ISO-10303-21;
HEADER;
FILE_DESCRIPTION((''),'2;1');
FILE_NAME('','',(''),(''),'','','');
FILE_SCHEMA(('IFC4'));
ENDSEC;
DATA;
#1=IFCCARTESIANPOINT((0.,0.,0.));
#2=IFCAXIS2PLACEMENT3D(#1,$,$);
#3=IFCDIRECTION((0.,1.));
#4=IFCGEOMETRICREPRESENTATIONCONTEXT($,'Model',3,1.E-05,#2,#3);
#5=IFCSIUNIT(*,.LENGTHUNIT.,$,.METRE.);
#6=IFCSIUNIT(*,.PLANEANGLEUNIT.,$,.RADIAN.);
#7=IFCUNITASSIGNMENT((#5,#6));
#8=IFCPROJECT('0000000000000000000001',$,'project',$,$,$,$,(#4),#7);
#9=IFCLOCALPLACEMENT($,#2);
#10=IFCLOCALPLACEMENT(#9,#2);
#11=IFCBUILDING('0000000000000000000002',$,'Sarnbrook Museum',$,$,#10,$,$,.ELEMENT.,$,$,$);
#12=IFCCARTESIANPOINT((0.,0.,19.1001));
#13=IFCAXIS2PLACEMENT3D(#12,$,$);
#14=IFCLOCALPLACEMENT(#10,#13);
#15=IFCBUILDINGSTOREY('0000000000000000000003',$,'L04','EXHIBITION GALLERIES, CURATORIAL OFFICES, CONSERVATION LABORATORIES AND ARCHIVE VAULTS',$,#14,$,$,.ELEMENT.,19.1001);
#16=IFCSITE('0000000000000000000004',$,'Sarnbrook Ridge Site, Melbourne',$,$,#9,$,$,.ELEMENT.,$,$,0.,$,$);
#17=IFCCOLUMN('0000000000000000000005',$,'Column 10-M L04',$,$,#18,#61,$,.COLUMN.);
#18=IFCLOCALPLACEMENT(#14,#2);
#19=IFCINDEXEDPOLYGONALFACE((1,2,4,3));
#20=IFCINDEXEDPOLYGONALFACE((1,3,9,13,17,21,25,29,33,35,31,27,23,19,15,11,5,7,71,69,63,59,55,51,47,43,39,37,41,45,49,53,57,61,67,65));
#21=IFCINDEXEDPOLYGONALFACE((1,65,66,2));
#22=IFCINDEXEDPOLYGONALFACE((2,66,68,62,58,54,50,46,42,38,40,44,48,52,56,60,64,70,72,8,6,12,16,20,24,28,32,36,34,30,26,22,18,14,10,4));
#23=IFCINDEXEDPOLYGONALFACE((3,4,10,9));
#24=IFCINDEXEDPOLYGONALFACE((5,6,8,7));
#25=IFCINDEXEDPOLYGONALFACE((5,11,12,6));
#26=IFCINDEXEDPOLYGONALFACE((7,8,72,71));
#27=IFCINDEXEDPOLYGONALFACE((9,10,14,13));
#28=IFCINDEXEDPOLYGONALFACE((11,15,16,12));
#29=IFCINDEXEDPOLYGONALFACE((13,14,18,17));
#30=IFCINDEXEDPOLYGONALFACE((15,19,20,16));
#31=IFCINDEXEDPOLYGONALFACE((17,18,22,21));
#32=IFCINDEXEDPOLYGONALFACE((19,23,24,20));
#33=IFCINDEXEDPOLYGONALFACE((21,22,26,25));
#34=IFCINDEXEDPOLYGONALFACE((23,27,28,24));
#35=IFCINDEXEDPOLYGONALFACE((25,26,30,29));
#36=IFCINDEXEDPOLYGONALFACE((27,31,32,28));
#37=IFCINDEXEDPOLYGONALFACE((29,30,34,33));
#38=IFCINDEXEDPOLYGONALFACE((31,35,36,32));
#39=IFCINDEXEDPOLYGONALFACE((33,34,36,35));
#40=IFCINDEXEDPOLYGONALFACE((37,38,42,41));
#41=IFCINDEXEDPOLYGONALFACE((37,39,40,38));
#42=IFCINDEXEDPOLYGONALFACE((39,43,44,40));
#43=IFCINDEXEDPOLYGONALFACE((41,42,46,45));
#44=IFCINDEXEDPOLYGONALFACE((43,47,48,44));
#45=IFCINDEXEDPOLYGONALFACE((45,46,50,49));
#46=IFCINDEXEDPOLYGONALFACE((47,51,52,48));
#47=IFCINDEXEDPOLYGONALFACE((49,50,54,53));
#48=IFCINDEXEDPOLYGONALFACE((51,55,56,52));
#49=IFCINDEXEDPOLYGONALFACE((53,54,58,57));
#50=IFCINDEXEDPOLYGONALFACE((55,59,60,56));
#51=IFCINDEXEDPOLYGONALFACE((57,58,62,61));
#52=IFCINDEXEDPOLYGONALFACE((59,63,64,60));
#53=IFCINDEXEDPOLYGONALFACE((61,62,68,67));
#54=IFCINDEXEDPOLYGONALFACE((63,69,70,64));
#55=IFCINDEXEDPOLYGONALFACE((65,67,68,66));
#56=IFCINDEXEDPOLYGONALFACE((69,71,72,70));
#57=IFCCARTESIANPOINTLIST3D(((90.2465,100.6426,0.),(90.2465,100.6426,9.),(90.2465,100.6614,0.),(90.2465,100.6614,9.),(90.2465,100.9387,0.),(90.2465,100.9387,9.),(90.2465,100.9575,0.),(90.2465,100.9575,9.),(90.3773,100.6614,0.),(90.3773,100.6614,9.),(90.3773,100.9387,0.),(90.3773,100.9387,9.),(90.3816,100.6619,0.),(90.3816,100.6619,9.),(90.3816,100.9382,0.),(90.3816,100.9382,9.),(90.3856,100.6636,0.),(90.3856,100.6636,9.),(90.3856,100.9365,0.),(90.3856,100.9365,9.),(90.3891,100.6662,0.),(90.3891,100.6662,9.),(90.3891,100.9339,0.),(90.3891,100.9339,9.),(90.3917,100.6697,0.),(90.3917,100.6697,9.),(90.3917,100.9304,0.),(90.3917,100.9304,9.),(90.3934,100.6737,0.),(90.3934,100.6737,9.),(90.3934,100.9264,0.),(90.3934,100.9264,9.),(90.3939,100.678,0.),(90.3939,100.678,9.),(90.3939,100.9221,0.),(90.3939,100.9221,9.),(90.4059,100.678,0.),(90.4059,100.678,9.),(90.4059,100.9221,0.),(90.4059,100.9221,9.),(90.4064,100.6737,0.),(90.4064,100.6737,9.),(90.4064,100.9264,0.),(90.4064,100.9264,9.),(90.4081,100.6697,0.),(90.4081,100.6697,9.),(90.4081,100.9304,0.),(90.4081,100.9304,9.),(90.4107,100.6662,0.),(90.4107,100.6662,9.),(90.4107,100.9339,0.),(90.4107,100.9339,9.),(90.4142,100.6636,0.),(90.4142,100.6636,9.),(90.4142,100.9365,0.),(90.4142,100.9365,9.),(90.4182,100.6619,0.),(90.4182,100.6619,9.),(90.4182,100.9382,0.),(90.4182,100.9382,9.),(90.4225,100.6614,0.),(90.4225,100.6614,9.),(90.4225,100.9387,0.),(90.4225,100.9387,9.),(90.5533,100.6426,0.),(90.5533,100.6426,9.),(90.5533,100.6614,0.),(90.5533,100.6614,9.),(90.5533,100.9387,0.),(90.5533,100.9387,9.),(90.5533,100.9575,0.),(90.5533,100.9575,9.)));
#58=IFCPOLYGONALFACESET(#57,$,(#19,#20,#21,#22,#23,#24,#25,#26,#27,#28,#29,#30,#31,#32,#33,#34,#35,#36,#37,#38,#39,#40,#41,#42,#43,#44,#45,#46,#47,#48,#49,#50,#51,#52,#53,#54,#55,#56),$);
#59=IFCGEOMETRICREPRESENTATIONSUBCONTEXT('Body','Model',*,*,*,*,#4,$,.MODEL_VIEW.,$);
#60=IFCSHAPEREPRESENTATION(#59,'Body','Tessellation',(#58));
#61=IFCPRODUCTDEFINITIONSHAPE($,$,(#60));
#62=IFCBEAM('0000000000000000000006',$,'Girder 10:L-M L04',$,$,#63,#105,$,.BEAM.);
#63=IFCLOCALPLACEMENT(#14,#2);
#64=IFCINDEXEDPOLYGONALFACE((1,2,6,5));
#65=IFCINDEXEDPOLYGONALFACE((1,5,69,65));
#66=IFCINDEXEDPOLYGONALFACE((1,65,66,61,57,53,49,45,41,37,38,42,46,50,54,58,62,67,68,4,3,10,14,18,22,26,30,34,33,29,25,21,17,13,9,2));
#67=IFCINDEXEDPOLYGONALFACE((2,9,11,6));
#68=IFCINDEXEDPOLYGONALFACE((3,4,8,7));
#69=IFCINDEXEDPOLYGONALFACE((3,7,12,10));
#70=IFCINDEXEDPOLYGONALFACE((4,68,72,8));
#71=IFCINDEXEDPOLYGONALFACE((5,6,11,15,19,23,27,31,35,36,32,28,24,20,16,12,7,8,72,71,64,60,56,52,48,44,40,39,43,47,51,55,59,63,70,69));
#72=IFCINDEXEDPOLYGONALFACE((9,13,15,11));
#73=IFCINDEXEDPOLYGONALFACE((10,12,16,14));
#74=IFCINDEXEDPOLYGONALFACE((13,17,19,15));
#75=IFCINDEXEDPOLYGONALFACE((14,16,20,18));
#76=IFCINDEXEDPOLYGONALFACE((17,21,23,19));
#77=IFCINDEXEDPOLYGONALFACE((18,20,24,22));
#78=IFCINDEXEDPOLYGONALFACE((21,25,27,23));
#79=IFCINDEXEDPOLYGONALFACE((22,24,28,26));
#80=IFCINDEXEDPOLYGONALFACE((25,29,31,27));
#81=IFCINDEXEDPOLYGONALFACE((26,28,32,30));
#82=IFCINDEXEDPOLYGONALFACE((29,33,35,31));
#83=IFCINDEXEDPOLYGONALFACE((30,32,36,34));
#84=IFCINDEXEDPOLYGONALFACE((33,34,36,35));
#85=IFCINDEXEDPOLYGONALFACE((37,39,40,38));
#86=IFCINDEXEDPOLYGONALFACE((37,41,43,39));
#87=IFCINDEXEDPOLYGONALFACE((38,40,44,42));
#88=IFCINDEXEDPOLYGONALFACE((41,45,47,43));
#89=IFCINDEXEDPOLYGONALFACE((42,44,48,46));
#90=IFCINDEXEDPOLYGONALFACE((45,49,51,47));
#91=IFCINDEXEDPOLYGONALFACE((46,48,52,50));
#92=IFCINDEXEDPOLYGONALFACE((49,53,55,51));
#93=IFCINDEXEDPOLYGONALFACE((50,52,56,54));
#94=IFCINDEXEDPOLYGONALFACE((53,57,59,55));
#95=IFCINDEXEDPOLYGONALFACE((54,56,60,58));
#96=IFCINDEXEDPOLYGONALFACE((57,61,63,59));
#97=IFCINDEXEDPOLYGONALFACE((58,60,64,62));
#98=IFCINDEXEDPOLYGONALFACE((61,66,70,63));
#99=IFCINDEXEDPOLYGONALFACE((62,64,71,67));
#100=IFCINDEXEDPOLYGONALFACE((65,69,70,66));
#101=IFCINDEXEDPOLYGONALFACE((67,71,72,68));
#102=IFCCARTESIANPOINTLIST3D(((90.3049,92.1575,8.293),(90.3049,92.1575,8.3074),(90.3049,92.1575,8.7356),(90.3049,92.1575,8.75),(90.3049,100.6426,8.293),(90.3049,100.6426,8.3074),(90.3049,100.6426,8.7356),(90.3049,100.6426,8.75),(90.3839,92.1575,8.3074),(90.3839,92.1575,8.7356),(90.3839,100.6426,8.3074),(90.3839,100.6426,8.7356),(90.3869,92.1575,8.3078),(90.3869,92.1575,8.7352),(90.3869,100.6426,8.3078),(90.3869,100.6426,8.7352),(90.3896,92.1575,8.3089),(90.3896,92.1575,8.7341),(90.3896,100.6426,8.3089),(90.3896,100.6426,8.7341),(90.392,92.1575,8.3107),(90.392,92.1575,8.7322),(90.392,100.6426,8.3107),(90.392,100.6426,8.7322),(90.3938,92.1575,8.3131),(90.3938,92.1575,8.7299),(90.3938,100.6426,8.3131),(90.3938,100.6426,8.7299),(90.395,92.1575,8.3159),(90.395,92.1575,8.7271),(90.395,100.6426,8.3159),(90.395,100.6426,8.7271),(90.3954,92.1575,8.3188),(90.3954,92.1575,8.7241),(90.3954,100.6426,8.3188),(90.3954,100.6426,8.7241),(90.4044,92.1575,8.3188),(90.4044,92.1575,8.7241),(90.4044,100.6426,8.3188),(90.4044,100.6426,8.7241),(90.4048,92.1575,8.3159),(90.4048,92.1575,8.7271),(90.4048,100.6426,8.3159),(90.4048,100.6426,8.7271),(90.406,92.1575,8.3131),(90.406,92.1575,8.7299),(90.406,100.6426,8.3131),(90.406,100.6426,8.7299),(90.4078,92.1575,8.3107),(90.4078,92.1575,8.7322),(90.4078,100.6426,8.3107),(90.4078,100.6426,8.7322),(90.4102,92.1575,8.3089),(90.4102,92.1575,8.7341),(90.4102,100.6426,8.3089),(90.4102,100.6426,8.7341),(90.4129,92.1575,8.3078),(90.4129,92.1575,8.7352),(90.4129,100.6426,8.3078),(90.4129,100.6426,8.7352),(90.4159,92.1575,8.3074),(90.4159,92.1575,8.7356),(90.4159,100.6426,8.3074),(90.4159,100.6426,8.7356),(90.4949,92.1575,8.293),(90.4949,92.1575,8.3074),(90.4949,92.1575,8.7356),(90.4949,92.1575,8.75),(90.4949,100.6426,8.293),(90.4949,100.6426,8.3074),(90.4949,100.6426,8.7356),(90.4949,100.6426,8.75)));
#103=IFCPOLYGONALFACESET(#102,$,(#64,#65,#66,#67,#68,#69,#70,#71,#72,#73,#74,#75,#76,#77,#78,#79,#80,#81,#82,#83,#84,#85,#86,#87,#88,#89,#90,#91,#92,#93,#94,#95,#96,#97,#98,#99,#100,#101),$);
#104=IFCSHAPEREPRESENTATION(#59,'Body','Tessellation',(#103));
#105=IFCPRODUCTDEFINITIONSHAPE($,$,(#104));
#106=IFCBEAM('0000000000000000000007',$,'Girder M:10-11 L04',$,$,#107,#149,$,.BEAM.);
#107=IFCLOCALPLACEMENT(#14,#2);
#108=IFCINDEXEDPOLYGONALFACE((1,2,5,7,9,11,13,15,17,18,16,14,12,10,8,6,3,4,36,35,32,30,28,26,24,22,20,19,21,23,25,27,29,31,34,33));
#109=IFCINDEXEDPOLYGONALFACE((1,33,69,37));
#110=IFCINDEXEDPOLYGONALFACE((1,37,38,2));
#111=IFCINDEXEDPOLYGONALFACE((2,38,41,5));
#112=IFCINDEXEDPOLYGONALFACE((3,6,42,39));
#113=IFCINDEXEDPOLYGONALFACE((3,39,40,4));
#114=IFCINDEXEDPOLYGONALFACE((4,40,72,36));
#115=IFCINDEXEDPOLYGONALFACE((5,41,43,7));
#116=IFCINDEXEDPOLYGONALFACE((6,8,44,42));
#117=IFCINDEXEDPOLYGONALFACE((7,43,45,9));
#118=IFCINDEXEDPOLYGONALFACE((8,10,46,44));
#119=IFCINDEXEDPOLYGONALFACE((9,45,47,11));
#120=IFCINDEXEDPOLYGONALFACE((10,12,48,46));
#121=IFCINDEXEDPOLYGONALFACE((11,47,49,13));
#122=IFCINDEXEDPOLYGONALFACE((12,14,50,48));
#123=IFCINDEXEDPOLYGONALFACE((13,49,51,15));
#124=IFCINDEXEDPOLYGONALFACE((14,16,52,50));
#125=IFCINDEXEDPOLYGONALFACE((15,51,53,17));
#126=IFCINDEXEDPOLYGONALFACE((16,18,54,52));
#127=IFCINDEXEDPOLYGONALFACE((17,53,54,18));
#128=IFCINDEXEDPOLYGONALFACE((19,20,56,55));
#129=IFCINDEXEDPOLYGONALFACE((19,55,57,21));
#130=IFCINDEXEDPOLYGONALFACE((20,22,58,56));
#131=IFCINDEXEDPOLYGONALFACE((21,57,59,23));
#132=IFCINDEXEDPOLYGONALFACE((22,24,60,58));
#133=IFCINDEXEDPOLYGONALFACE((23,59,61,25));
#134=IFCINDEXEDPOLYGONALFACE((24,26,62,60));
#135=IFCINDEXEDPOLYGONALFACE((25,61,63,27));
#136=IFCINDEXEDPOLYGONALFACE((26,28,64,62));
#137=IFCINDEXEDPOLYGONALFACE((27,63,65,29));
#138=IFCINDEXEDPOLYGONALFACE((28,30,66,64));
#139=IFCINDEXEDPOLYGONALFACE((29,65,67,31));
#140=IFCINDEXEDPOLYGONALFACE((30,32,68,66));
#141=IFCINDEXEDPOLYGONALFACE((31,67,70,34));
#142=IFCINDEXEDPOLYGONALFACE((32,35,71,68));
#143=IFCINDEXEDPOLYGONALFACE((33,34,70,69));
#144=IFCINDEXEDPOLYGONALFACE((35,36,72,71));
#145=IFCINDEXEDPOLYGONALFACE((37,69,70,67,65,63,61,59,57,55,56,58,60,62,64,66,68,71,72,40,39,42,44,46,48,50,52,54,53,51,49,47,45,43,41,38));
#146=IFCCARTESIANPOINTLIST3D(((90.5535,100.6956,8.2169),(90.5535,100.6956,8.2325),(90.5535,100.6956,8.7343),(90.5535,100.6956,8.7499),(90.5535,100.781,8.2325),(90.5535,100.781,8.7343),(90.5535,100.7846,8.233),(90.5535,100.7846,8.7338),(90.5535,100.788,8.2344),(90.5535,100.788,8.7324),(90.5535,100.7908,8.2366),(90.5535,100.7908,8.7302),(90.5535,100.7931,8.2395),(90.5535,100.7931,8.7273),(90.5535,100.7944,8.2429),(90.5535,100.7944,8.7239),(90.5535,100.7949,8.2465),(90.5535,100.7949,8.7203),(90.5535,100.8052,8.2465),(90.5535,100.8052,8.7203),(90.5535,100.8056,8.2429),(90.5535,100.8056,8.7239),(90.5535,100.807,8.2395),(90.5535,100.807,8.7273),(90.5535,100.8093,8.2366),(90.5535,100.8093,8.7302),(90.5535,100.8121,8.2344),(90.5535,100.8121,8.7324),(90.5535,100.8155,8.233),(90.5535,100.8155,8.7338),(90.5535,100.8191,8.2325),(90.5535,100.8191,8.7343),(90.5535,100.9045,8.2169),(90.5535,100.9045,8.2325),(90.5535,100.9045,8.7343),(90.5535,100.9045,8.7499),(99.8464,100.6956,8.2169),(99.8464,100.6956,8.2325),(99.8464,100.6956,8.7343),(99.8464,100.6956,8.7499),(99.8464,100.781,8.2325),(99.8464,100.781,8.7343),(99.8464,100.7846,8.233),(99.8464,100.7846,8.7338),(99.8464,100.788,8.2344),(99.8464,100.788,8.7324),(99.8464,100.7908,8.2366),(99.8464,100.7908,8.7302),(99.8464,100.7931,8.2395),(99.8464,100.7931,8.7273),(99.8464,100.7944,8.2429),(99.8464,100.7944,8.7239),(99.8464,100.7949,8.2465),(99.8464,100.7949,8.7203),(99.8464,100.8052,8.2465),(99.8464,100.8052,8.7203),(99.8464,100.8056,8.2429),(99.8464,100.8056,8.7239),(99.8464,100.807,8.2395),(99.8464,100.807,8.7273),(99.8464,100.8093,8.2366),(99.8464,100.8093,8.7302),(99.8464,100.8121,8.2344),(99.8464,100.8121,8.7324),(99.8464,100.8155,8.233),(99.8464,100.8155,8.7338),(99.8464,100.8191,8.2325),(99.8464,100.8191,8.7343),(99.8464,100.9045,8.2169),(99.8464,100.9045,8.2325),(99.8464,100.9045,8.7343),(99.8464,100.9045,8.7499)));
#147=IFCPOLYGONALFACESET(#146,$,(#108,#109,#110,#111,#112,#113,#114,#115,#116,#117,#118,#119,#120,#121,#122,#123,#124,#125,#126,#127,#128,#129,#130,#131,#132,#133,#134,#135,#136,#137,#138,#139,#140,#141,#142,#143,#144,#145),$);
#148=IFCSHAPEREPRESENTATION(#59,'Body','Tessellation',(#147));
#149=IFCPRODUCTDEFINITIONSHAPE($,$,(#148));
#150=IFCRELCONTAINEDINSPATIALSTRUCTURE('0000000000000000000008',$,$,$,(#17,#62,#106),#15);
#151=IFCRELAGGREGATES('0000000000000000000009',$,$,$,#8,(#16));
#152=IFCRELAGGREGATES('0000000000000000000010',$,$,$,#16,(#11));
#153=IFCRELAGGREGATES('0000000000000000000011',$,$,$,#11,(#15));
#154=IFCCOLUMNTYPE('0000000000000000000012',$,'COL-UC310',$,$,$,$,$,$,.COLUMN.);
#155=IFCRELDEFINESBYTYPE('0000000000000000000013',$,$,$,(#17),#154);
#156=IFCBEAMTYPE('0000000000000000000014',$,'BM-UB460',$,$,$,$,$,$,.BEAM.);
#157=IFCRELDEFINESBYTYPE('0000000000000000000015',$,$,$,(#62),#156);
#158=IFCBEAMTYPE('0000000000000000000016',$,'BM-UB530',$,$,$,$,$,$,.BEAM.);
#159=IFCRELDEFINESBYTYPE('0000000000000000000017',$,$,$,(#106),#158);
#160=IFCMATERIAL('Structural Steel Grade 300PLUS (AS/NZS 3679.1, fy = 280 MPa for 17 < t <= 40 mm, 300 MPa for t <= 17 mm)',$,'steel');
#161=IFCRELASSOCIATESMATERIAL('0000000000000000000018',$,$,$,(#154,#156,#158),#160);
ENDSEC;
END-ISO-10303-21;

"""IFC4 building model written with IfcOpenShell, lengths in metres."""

from ifc_helpers import new_model, si_unit, direction, frame, origin, origin_2d, place, context, subcontext, project, spatial, i_section, extrude, material, material_profile, profile_set, type_object, element, save


model = new_model("IFC4")

# Units and contexts
model_context = context("Model", 3, precision=1e-05, world=origin(), true_north=direction((0.0, 1.0)))
body_context = subcontext(model_context, "Body", "Model", "MODEL_VIEW")
ifc_project = project(units=[si_unit("LENGTHUNIT", "METRE"), si_unit("PLANEANGLEUNIT", "RADIAN")], contexts=[model_context])

# Site, building, storey
site_placement = place(None, origin())
site = spatial("IfcSite", under=ifc_project, at=site_placement, Name="Sarnbrook Ridge Site, Melbourne", CompositionType="ELEMENT", RefElevation=0.0)
building_placement = place(site_placement, origin())
building = spatial("IfcBuilding", under=site, at=building_placement, Name="Sarnbrook Museum", CompositionType="ELEMENT")
storey_placement = place(building_placement, frame((0.0, 0.0, 19.1001)))
storey = spatial("IfcBuildingStorey", under=building, at=storey_placement, Name="L04", Description="EXHIBITION GALLERIES, CURATORIAL OFFICES, CONSERVATION LABORATORIES AND ARCHIVE VAULTS", CompositionType="ELEMENT", Elevation=19.1001)

# Column
ifc_material_1 = material(Name="Structural Steel Grade 300PLUS (AS/NZS 3679.1, fy = 280 MPa for 17 < t <= 40 mm, 300 MPa for t <= 17 mm)", Category="steel")
ifc_material_profile_1 = material_profile(ifc_material_1, i_section(OverallWidth=0.3069, OverallDepth=0.3149, WebThickness=0.012, FlangeThickness=0.0188, FilletRadius=0.0166, at=origin_2d()), Name="310UC118")
ifc_profile_set_1 = profile_set([ifc_material_profile_1], Name="Structural Steel Grade 300PLUS (AS/NZS 3679.1, fy = 280 MPa for 17 < t <= 40 mm, 300 MPa for t <= 17 mm)")
column_type = type_object("IfcColumnType", Name="COL-UC310", PredefinedType="COLUMN", material=ifc_profile_set_1)
column_placement = place(storey_placement, frame((90.3999, 100.8, 0.0), z_axis=(0.0, 0.0, 1.0), x_axis=(1.0, 0.0, 0.0)))
element("IfcColumn", 1, at=column_placement, inside=storey, type_object=column_type, Name="Column 10-M L04", PredefinedType="COLUMN", context=body_context, shape_type="SweptSolid", body=[
    extrude(i_section(OverallWidth=0.3069, OverallDepth=0.3149, WebThickness=0.012, FlangeThickness=0.0188, FilletRadius=0.0166, at=origin_2d()), origin(), (0.0, 0.0, 1.0), 9.0),
])

# Beams
ifc_material_profile_2 = material_profile(ifc_material_1, i_section(OverallWidth=0.1899, OverallDepth=0.457, WebThickness=0.009, FlangeThickness=0.0144, FilletRadius=0.0115, at=origin_2d()), Name="460UB74.6")
ifc_profile_set_2 = profile_set([ifc_material_profile_2], Name="Structural Steel Grade 300PLUS (AS/NZS 3679.1, fy = 280 MPa for 17 < t <= 40 mm, 300 MPa for t <= 17 mm)")
beam_type_1 = type_object("IfcBeamType", Name="BM-UB460", PredefinedType="BEAM", material=ifc_profile_set_2)
beam_1_placement = place(storey_placement, frame((90.3999, 92.1575, 8.5215), z_axis=(0.0, 1.0, 0.0), x_axis=(-1.0, 0.0, 0.0)))
element("IfcBeam", 2, at=beam_1_placement, inside=storey, type_object=beam_type_1, Name="Girder 10:L-M L04", PredefinedType="BEAM", context=body_context, shape_type="SweptSolid", body=[
    extrude(i_section(OverallWidth=0.1899, OverallDepth=0.457, WebThickness=0.009, FlangeThickness=0.0144, FilletRadius=0.0115, at=origin_2d()), origin(), (0.0, 0.0, 1.0), 8.4851),
])
ifc_material_profile_3 = material_profile(ifc_material_1, i_section(OverallWidth=0.209, OverallDepth=0.533, WebThickness=0.0103, FlangeThickness=0.0156, FilletRadius=0.0139, at=origin_2d()), Name="530UB92.4")
ifc_profile_set_3 = profile_set([ifc_material_profile_3], Name="Structural Steel Grade 300PLUS (AS/NZS 3679.1, fy = 280 MPa for 17 < t <= 40 mm, 300 MPa for t <= 17 mm)")
beam_type_2 = type_object("IfcBeamType", Name="BM-UB530", PredefinedType="BEAM", material=ifc_profile_set_3)
beam_2_placement = place(storey_placement, frame((90.5535, 100.8, 8.4834), z_axis=(1.0, 0.0, 0.0), x_axis=(0.0, 1.0, 0.0)))
element("IfcBeam", 3, at=beam_2_placement, inside=storey, type_object=beam_type_2, Name="Girder M:10-11 L04", PredefinedType="BEAM", context=body_context, shape_type="SweptSolid", body=[
    extrude(i_section(OverallWidth=0.209, OverallDepth=0.533, WebThickness=0.0103, FlangeThickness=0.0156, FilletRadius=0.0139, at=origin_2d()), origin(), (0.0, 0.0, 1.0), 9.293),
])

save(model, "model.ifc")
